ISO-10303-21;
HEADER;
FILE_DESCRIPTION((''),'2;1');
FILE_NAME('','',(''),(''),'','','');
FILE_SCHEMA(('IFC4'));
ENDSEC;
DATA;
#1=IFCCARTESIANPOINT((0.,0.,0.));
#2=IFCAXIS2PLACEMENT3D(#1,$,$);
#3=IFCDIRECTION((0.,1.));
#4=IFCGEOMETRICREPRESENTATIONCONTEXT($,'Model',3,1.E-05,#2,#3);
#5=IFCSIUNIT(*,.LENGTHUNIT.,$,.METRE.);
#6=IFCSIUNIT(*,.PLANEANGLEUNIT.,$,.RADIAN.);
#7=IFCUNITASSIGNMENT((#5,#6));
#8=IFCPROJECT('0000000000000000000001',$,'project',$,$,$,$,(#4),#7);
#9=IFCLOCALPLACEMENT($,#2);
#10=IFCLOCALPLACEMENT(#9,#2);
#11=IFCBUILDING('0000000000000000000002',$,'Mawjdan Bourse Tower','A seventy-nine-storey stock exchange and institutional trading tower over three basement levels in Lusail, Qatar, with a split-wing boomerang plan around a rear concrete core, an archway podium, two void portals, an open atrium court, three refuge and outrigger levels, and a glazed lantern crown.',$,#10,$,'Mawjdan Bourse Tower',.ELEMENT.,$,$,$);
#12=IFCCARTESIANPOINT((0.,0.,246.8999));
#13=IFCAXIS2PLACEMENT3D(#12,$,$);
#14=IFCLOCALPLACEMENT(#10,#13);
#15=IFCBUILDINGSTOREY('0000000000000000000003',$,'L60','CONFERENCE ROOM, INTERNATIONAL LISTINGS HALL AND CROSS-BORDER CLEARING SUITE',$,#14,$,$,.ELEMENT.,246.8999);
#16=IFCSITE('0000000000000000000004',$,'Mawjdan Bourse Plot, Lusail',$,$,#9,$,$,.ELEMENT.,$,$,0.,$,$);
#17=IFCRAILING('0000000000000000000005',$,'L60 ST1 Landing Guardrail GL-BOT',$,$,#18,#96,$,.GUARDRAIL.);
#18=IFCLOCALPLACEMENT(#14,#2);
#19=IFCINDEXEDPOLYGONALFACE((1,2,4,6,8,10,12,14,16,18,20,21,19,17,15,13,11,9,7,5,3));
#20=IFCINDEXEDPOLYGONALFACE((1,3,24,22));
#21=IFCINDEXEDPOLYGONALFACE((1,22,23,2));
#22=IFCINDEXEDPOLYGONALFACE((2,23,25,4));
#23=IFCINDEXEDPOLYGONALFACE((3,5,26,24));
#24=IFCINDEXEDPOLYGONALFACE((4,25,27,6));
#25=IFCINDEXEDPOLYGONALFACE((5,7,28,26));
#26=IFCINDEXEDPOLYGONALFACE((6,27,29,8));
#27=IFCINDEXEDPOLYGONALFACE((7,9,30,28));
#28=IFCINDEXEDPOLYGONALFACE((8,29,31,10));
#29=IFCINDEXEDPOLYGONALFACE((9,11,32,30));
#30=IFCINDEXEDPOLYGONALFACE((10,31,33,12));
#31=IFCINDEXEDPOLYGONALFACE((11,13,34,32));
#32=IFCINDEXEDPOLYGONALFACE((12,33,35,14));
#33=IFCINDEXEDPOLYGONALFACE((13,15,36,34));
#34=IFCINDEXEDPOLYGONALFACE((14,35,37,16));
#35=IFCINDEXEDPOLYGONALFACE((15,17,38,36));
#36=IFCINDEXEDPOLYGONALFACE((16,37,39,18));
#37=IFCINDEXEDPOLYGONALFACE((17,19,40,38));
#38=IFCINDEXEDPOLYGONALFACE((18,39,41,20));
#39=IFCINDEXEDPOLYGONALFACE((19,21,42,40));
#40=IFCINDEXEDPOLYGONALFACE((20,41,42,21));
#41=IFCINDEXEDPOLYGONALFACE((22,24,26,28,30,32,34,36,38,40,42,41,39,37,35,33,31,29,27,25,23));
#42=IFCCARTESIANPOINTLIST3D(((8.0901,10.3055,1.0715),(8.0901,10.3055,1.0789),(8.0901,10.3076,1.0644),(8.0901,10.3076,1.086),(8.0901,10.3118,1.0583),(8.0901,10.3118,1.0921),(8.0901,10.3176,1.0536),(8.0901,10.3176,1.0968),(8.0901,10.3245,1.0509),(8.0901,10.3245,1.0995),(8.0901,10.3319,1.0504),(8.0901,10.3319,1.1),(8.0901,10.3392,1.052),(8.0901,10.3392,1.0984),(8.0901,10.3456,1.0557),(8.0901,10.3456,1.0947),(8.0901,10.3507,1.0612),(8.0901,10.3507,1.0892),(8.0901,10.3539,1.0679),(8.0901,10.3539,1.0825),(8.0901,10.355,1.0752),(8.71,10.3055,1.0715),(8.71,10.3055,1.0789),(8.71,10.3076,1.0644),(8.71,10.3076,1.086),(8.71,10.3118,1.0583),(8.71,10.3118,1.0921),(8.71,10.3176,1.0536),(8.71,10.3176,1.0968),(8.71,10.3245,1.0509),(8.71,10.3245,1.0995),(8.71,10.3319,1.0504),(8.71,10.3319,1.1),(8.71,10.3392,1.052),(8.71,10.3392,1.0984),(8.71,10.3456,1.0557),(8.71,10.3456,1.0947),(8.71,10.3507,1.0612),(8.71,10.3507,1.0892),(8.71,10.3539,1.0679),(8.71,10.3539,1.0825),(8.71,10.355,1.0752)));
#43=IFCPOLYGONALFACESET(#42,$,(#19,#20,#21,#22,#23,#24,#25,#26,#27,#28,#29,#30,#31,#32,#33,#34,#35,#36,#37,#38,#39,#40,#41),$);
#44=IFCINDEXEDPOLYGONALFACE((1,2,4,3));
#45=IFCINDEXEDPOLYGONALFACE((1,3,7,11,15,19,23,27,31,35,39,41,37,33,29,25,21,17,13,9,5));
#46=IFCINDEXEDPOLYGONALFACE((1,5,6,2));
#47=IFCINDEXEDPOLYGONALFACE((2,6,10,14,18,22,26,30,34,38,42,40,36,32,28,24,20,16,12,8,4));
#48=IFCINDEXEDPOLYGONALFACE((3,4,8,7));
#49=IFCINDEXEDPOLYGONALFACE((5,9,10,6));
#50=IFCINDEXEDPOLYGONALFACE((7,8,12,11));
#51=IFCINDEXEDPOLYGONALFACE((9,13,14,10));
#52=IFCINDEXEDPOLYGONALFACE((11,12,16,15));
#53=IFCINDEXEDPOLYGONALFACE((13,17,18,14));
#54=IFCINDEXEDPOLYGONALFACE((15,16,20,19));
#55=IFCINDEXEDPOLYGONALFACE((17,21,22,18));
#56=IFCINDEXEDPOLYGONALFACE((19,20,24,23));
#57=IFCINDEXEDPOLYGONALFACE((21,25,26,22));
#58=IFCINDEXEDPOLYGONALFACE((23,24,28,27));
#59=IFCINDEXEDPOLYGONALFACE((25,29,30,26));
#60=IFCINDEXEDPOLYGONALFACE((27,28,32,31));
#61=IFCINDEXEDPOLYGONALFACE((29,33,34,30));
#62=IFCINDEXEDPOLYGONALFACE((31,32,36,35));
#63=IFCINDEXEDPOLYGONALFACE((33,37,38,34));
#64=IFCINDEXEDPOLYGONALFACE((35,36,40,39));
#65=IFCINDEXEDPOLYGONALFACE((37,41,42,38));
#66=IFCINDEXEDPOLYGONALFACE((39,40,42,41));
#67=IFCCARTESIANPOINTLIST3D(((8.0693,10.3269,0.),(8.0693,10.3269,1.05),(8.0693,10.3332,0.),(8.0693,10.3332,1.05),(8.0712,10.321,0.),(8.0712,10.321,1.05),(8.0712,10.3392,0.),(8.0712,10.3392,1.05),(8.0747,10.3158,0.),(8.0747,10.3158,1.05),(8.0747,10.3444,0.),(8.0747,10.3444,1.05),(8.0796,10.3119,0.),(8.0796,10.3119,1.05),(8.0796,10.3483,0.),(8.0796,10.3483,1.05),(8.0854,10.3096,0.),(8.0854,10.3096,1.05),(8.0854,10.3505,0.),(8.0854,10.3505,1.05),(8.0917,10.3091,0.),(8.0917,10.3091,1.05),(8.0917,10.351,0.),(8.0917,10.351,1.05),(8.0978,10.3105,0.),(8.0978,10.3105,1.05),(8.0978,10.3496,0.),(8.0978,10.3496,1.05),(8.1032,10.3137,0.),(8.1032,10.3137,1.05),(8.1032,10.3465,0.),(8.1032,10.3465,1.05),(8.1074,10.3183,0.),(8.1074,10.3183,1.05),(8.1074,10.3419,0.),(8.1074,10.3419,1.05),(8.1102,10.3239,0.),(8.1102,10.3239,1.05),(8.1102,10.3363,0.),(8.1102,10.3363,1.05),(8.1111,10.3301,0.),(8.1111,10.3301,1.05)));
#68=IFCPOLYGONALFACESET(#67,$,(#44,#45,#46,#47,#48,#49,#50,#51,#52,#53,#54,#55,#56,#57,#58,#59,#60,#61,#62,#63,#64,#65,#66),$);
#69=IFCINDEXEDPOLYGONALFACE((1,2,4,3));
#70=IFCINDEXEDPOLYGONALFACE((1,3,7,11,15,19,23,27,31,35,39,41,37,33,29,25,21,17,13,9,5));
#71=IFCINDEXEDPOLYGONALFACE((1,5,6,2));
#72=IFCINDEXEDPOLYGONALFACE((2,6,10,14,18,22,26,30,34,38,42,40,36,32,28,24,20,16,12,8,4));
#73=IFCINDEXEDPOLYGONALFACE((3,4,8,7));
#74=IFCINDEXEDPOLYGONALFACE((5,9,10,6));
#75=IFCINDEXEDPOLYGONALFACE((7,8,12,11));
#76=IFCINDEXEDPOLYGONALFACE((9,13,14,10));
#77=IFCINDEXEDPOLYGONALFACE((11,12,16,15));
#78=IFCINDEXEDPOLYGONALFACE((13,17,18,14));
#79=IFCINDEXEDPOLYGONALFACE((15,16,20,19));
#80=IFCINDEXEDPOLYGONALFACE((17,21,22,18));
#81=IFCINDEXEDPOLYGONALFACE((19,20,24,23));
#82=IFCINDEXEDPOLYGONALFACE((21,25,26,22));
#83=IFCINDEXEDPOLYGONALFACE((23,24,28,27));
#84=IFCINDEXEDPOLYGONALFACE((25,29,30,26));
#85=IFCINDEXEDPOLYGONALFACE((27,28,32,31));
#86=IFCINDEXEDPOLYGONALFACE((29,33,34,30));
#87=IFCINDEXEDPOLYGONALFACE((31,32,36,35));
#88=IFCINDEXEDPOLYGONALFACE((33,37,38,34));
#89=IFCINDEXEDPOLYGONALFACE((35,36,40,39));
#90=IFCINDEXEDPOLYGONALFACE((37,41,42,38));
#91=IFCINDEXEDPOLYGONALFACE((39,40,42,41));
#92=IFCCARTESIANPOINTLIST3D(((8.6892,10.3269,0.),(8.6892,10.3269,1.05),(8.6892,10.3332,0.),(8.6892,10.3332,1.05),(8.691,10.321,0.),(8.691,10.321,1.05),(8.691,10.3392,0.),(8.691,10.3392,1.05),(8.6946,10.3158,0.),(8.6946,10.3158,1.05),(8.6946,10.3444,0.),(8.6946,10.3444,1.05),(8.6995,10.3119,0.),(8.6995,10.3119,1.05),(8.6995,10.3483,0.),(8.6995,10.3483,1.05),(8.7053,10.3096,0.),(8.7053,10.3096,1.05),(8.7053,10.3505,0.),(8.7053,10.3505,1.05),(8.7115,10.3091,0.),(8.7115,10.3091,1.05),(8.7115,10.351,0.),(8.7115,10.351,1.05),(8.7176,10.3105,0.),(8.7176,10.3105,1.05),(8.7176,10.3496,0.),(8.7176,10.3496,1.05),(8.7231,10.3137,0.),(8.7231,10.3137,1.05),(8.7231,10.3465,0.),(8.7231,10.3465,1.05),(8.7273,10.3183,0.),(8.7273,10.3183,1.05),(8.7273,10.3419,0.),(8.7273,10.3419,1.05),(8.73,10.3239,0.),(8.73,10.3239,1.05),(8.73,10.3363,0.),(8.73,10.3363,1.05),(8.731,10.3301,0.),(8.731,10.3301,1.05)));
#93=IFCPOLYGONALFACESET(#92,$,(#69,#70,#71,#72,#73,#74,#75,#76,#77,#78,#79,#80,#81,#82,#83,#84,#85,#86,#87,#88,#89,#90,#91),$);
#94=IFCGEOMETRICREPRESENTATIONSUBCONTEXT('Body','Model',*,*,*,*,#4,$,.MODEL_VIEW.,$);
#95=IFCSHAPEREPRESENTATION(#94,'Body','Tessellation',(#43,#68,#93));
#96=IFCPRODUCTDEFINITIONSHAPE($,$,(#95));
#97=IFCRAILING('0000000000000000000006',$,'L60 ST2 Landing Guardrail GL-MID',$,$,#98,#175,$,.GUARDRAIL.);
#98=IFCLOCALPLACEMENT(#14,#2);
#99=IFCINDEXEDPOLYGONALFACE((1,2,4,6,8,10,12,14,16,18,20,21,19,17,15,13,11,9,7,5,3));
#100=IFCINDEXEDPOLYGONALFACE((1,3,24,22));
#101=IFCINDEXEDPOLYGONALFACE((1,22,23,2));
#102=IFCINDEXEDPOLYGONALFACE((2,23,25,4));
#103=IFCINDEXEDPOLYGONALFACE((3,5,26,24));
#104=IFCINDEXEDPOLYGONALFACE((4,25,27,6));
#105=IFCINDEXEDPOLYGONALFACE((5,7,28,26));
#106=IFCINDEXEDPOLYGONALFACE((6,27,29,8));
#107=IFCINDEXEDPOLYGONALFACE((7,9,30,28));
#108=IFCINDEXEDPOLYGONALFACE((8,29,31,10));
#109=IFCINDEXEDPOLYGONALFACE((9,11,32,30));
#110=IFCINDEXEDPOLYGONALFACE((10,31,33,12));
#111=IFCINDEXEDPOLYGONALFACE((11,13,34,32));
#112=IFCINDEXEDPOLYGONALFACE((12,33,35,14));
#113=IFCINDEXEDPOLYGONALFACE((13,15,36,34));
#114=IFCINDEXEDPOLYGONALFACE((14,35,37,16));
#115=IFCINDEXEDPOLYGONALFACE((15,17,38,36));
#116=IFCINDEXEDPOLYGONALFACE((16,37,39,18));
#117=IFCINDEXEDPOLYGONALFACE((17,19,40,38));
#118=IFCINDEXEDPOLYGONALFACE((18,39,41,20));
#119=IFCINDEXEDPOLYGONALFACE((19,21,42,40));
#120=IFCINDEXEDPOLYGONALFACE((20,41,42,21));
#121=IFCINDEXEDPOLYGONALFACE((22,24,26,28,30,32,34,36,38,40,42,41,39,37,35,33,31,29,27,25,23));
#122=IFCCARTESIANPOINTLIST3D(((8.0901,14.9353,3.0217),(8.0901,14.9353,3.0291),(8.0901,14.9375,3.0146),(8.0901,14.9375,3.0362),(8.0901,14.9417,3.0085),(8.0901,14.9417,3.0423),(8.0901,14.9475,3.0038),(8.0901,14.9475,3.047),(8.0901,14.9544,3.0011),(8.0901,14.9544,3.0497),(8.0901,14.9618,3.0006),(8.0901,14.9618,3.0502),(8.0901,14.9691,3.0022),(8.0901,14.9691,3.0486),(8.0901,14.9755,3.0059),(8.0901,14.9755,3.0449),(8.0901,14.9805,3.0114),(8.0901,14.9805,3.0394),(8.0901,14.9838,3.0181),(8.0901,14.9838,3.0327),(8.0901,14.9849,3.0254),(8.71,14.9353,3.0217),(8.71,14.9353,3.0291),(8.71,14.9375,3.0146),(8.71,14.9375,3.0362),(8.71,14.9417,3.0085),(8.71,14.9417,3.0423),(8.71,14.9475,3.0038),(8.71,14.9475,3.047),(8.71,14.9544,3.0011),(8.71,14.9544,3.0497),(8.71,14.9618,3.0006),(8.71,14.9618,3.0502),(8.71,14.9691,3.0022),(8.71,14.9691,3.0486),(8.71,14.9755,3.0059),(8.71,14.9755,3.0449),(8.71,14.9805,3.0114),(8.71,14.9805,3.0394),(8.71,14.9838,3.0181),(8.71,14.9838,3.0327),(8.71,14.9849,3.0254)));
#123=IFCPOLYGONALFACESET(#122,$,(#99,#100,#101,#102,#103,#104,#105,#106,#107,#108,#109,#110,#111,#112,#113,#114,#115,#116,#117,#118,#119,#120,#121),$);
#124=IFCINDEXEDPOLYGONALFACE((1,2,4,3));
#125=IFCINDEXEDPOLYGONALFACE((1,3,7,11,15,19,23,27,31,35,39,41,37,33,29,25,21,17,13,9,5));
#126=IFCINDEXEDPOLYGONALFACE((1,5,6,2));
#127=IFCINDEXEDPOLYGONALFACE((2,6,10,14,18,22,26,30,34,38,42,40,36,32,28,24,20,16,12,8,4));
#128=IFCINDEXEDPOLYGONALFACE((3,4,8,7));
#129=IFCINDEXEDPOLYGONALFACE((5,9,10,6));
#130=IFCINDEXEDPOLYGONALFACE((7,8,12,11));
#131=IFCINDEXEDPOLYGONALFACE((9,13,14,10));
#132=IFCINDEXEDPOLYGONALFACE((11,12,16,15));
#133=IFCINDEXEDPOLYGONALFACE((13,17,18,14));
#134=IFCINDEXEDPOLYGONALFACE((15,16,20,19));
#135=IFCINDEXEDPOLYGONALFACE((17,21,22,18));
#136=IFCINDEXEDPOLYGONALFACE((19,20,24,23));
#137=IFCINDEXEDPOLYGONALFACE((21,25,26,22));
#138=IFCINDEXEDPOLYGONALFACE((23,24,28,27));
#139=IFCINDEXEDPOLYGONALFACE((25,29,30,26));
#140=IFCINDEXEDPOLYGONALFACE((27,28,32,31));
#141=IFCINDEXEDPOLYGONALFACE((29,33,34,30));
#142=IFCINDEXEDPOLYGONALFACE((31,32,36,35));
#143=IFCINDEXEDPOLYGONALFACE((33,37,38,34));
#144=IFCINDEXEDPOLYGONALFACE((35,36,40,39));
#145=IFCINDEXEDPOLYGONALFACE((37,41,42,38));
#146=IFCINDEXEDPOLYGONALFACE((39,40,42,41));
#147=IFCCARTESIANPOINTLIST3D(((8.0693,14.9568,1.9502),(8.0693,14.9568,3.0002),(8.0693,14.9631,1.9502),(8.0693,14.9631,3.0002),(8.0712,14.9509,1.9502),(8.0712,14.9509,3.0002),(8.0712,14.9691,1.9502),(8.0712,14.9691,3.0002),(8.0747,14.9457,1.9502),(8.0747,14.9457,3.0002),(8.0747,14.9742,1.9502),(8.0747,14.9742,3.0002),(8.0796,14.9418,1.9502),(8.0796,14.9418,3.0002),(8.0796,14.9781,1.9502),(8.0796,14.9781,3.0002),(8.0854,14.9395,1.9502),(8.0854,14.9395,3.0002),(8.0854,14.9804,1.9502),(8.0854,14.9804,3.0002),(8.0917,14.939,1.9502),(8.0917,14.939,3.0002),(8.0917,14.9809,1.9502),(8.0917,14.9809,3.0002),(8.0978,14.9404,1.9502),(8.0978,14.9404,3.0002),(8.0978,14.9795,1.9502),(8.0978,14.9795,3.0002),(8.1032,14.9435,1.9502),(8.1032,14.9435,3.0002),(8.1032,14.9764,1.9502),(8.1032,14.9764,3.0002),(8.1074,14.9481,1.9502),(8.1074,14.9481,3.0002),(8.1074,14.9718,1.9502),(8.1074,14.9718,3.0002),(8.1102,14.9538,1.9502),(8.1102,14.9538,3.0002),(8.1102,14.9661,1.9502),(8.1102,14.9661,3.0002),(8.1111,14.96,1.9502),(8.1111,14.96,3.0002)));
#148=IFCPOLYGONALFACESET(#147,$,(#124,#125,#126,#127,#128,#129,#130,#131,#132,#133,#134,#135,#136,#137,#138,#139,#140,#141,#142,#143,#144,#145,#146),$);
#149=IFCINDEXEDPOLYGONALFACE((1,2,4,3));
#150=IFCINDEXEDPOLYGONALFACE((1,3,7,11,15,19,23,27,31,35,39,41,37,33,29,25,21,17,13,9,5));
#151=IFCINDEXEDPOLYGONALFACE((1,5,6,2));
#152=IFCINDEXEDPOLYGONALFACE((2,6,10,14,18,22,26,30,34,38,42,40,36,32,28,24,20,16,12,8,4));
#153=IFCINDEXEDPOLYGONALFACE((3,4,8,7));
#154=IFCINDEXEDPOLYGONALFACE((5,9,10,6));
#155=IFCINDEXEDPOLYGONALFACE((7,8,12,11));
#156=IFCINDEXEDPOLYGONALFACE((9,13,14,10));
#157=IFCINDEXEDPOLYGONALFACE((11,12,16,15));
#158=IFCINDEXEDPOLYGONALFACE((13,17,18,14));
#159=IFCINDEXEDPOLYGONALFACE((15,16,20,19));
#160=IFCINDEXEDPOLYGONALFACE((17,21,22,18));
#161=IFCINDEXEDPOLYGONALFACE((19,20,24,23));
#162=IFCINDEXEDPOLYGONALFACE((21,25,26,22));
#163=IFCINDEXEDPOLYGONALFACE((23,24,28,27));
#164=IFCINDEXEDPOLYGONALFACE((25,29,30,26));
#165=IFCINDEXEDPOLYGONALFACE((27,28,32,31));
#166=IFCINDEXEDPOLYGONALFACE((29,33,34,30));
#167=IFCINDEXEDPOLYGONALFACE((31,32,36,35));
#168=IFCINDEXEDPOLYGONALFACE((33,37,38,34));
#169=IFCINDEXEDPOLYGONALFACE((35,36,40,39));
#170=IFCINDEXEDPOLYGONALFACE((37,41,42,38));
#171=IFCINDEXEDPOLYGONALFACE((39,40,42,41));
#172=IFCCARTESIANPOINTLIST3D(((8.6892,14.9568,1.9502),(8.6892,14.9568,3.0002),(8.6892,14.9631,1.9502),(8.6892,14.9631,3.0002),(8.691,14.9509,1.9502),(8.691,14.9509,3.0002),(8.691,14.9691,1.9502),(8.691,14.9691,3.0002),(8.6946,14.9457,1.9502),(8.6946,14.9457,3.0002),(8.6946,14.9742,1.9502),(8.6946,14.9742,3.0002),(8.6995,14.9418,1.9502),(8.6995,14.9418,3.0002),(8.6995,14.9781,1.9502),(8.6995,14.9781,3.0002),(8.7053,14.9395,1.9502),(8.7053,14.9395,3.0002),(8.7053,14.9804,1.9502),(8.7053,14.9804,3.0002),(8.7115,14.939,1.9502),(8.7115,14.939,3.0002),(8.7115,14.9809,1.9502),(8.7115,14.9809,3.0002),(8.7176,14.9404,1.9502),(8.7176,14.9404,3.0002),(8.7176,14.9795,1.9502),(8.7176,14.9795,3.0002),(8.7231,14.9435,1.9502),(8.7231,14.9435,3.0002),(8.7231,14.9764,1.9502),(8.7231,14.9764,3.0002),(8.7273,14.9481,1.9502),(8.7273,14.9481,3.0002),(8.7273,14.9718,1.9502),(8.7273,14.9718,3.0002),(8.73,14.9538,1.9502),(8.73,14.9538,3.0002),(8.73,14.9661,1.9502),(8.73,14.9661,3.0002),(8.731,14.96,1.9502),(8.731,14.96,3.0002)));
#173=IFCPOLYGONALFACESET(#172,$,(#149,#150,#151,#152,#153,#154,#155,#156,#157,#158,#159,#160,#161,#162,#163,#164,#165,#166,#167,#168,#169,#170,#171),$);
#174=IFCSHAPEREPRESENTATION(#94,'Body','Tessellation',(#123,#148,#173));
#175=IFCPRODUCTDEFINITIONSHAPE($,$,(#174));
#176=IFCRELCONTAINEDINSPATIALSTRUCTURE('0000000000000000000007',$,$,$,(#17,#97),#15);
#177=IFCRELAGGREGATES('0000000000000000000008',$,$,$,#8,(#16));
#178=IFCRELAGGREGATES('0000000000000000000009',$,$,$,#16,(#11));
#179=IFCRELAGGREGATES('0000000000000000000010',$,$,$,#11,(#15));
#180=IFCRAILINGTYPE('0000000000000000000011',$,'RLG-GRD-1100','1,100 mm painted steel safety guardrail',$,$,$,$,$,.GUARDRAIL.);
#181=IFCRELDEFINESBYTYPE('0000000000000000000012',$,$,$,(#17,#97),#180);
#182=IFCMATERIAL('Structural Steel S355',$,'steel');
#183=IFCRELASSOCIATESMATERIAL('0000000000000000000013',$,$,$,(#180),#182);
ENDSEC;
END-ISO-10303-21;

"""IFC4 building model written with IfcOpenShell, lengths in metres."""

from ifc_helpers import new_model, si_unit, direction, frame, origin, origin_2d, place, context, subcontext, project, spatial, circle, extrude, material, type_object, element, save


model = new_model("IFC4")

# Units and contexts
model_context = context("Model", 3, precision=1e-05, world=origin(), true_north=direction((0.0, 1.0)))
body_context = subcontext(model_context, "Body", "Model", "MODEL_VIEW")
ifc_project = project(units=[si_unit("LENGTHUNIT", "METRE"), si_unit("PLANEANGLEUNIT", "RADIAN")], contexts=[model_context])

# Site, building, storey
site_placement = place(None, origin())
site = spatial("IfcSite", under=ifc_project, at=site_placement, Name="Mawjdan Bourse Plot, Lusail", CompositionType="ELEMENT", RefElevation=0.0)
building_placement = place(site_placement, origin())
building = spatial("IfcBuilding", under=site, at=building_placement, Name="Mawjdan Bourse Tower", Description="A seventy-nine-storey stock exchange and institutional trading tower over three basement levels in Lusail, Qatar, with a split-wing boomerang plan around a rear concrete core, an archway podium, two void portals, an open atrium court, three refuge and outrigger levels, and a glazed lantern crown.", LongName="Mawjdan Bourse Tower", CompositionType="ELEMENT")
storey_placement = place(building_placement, frame((0.0, 0.0, 246.8999)))
storey = spatial("IfcBuildingStorey", under=building, at=storey_placement, Name="L60", Description="CONFERENCE ROOM, INTERNATIONAL LISTINGS HALL AND CROSS-BORDER CLEARING SUITE", CompositionType="ELEMENT", Elevation=246.8999)

# Shared definitions
ifc_material_1 = material(Name="Structural Steel S355", Category="steel")

# Railings
railing_type_1 = type_object("IfcRailingType", Name="RLG-GRD-1100", Description="1,100 mm painted steel safety guardrail", PredefinedType="GUARDRAIL", material=ifc_material_1)
for number, where, name in (
    (1, (8.0901, 10.3301, 0.0), "L60 ST1 Landing Guardrail GL-BOT"),
    (2, (8.0901, 14.96, 1.9502), "L60 ST2 Landing Guardrail GL-MID"),
):
    element("IfcRailing", number, at=place(storey_placement, frame(where)), inside=storey, type_object=railing_type_1, Name=name, PredefinedType="GUARDRAIL", context=body_context, shape_type="SweptSolid", body=[
        extrude(circle(Radius=0.0249, at=origin_2d()), frame((0.0, 0.0, 1.0752), z_axis=(1.0, 0.0, 0.0), x_axis=(0.0, 1.0, 0.0)), (0.0, 0.0, 1.0), 0.6199),
        extrude(circle(Radius=0.021, at=origin_2d()), origin(), (0.0, 0.0, 1.0), 1.05),
        extrude(circle(Radius=0.021, at=origin_2d()), frame((0.6199, 0.0, 0.0)), (0.0, 0.0, 1.0), 1.05),
    ])

save(model, "model.ifc")
